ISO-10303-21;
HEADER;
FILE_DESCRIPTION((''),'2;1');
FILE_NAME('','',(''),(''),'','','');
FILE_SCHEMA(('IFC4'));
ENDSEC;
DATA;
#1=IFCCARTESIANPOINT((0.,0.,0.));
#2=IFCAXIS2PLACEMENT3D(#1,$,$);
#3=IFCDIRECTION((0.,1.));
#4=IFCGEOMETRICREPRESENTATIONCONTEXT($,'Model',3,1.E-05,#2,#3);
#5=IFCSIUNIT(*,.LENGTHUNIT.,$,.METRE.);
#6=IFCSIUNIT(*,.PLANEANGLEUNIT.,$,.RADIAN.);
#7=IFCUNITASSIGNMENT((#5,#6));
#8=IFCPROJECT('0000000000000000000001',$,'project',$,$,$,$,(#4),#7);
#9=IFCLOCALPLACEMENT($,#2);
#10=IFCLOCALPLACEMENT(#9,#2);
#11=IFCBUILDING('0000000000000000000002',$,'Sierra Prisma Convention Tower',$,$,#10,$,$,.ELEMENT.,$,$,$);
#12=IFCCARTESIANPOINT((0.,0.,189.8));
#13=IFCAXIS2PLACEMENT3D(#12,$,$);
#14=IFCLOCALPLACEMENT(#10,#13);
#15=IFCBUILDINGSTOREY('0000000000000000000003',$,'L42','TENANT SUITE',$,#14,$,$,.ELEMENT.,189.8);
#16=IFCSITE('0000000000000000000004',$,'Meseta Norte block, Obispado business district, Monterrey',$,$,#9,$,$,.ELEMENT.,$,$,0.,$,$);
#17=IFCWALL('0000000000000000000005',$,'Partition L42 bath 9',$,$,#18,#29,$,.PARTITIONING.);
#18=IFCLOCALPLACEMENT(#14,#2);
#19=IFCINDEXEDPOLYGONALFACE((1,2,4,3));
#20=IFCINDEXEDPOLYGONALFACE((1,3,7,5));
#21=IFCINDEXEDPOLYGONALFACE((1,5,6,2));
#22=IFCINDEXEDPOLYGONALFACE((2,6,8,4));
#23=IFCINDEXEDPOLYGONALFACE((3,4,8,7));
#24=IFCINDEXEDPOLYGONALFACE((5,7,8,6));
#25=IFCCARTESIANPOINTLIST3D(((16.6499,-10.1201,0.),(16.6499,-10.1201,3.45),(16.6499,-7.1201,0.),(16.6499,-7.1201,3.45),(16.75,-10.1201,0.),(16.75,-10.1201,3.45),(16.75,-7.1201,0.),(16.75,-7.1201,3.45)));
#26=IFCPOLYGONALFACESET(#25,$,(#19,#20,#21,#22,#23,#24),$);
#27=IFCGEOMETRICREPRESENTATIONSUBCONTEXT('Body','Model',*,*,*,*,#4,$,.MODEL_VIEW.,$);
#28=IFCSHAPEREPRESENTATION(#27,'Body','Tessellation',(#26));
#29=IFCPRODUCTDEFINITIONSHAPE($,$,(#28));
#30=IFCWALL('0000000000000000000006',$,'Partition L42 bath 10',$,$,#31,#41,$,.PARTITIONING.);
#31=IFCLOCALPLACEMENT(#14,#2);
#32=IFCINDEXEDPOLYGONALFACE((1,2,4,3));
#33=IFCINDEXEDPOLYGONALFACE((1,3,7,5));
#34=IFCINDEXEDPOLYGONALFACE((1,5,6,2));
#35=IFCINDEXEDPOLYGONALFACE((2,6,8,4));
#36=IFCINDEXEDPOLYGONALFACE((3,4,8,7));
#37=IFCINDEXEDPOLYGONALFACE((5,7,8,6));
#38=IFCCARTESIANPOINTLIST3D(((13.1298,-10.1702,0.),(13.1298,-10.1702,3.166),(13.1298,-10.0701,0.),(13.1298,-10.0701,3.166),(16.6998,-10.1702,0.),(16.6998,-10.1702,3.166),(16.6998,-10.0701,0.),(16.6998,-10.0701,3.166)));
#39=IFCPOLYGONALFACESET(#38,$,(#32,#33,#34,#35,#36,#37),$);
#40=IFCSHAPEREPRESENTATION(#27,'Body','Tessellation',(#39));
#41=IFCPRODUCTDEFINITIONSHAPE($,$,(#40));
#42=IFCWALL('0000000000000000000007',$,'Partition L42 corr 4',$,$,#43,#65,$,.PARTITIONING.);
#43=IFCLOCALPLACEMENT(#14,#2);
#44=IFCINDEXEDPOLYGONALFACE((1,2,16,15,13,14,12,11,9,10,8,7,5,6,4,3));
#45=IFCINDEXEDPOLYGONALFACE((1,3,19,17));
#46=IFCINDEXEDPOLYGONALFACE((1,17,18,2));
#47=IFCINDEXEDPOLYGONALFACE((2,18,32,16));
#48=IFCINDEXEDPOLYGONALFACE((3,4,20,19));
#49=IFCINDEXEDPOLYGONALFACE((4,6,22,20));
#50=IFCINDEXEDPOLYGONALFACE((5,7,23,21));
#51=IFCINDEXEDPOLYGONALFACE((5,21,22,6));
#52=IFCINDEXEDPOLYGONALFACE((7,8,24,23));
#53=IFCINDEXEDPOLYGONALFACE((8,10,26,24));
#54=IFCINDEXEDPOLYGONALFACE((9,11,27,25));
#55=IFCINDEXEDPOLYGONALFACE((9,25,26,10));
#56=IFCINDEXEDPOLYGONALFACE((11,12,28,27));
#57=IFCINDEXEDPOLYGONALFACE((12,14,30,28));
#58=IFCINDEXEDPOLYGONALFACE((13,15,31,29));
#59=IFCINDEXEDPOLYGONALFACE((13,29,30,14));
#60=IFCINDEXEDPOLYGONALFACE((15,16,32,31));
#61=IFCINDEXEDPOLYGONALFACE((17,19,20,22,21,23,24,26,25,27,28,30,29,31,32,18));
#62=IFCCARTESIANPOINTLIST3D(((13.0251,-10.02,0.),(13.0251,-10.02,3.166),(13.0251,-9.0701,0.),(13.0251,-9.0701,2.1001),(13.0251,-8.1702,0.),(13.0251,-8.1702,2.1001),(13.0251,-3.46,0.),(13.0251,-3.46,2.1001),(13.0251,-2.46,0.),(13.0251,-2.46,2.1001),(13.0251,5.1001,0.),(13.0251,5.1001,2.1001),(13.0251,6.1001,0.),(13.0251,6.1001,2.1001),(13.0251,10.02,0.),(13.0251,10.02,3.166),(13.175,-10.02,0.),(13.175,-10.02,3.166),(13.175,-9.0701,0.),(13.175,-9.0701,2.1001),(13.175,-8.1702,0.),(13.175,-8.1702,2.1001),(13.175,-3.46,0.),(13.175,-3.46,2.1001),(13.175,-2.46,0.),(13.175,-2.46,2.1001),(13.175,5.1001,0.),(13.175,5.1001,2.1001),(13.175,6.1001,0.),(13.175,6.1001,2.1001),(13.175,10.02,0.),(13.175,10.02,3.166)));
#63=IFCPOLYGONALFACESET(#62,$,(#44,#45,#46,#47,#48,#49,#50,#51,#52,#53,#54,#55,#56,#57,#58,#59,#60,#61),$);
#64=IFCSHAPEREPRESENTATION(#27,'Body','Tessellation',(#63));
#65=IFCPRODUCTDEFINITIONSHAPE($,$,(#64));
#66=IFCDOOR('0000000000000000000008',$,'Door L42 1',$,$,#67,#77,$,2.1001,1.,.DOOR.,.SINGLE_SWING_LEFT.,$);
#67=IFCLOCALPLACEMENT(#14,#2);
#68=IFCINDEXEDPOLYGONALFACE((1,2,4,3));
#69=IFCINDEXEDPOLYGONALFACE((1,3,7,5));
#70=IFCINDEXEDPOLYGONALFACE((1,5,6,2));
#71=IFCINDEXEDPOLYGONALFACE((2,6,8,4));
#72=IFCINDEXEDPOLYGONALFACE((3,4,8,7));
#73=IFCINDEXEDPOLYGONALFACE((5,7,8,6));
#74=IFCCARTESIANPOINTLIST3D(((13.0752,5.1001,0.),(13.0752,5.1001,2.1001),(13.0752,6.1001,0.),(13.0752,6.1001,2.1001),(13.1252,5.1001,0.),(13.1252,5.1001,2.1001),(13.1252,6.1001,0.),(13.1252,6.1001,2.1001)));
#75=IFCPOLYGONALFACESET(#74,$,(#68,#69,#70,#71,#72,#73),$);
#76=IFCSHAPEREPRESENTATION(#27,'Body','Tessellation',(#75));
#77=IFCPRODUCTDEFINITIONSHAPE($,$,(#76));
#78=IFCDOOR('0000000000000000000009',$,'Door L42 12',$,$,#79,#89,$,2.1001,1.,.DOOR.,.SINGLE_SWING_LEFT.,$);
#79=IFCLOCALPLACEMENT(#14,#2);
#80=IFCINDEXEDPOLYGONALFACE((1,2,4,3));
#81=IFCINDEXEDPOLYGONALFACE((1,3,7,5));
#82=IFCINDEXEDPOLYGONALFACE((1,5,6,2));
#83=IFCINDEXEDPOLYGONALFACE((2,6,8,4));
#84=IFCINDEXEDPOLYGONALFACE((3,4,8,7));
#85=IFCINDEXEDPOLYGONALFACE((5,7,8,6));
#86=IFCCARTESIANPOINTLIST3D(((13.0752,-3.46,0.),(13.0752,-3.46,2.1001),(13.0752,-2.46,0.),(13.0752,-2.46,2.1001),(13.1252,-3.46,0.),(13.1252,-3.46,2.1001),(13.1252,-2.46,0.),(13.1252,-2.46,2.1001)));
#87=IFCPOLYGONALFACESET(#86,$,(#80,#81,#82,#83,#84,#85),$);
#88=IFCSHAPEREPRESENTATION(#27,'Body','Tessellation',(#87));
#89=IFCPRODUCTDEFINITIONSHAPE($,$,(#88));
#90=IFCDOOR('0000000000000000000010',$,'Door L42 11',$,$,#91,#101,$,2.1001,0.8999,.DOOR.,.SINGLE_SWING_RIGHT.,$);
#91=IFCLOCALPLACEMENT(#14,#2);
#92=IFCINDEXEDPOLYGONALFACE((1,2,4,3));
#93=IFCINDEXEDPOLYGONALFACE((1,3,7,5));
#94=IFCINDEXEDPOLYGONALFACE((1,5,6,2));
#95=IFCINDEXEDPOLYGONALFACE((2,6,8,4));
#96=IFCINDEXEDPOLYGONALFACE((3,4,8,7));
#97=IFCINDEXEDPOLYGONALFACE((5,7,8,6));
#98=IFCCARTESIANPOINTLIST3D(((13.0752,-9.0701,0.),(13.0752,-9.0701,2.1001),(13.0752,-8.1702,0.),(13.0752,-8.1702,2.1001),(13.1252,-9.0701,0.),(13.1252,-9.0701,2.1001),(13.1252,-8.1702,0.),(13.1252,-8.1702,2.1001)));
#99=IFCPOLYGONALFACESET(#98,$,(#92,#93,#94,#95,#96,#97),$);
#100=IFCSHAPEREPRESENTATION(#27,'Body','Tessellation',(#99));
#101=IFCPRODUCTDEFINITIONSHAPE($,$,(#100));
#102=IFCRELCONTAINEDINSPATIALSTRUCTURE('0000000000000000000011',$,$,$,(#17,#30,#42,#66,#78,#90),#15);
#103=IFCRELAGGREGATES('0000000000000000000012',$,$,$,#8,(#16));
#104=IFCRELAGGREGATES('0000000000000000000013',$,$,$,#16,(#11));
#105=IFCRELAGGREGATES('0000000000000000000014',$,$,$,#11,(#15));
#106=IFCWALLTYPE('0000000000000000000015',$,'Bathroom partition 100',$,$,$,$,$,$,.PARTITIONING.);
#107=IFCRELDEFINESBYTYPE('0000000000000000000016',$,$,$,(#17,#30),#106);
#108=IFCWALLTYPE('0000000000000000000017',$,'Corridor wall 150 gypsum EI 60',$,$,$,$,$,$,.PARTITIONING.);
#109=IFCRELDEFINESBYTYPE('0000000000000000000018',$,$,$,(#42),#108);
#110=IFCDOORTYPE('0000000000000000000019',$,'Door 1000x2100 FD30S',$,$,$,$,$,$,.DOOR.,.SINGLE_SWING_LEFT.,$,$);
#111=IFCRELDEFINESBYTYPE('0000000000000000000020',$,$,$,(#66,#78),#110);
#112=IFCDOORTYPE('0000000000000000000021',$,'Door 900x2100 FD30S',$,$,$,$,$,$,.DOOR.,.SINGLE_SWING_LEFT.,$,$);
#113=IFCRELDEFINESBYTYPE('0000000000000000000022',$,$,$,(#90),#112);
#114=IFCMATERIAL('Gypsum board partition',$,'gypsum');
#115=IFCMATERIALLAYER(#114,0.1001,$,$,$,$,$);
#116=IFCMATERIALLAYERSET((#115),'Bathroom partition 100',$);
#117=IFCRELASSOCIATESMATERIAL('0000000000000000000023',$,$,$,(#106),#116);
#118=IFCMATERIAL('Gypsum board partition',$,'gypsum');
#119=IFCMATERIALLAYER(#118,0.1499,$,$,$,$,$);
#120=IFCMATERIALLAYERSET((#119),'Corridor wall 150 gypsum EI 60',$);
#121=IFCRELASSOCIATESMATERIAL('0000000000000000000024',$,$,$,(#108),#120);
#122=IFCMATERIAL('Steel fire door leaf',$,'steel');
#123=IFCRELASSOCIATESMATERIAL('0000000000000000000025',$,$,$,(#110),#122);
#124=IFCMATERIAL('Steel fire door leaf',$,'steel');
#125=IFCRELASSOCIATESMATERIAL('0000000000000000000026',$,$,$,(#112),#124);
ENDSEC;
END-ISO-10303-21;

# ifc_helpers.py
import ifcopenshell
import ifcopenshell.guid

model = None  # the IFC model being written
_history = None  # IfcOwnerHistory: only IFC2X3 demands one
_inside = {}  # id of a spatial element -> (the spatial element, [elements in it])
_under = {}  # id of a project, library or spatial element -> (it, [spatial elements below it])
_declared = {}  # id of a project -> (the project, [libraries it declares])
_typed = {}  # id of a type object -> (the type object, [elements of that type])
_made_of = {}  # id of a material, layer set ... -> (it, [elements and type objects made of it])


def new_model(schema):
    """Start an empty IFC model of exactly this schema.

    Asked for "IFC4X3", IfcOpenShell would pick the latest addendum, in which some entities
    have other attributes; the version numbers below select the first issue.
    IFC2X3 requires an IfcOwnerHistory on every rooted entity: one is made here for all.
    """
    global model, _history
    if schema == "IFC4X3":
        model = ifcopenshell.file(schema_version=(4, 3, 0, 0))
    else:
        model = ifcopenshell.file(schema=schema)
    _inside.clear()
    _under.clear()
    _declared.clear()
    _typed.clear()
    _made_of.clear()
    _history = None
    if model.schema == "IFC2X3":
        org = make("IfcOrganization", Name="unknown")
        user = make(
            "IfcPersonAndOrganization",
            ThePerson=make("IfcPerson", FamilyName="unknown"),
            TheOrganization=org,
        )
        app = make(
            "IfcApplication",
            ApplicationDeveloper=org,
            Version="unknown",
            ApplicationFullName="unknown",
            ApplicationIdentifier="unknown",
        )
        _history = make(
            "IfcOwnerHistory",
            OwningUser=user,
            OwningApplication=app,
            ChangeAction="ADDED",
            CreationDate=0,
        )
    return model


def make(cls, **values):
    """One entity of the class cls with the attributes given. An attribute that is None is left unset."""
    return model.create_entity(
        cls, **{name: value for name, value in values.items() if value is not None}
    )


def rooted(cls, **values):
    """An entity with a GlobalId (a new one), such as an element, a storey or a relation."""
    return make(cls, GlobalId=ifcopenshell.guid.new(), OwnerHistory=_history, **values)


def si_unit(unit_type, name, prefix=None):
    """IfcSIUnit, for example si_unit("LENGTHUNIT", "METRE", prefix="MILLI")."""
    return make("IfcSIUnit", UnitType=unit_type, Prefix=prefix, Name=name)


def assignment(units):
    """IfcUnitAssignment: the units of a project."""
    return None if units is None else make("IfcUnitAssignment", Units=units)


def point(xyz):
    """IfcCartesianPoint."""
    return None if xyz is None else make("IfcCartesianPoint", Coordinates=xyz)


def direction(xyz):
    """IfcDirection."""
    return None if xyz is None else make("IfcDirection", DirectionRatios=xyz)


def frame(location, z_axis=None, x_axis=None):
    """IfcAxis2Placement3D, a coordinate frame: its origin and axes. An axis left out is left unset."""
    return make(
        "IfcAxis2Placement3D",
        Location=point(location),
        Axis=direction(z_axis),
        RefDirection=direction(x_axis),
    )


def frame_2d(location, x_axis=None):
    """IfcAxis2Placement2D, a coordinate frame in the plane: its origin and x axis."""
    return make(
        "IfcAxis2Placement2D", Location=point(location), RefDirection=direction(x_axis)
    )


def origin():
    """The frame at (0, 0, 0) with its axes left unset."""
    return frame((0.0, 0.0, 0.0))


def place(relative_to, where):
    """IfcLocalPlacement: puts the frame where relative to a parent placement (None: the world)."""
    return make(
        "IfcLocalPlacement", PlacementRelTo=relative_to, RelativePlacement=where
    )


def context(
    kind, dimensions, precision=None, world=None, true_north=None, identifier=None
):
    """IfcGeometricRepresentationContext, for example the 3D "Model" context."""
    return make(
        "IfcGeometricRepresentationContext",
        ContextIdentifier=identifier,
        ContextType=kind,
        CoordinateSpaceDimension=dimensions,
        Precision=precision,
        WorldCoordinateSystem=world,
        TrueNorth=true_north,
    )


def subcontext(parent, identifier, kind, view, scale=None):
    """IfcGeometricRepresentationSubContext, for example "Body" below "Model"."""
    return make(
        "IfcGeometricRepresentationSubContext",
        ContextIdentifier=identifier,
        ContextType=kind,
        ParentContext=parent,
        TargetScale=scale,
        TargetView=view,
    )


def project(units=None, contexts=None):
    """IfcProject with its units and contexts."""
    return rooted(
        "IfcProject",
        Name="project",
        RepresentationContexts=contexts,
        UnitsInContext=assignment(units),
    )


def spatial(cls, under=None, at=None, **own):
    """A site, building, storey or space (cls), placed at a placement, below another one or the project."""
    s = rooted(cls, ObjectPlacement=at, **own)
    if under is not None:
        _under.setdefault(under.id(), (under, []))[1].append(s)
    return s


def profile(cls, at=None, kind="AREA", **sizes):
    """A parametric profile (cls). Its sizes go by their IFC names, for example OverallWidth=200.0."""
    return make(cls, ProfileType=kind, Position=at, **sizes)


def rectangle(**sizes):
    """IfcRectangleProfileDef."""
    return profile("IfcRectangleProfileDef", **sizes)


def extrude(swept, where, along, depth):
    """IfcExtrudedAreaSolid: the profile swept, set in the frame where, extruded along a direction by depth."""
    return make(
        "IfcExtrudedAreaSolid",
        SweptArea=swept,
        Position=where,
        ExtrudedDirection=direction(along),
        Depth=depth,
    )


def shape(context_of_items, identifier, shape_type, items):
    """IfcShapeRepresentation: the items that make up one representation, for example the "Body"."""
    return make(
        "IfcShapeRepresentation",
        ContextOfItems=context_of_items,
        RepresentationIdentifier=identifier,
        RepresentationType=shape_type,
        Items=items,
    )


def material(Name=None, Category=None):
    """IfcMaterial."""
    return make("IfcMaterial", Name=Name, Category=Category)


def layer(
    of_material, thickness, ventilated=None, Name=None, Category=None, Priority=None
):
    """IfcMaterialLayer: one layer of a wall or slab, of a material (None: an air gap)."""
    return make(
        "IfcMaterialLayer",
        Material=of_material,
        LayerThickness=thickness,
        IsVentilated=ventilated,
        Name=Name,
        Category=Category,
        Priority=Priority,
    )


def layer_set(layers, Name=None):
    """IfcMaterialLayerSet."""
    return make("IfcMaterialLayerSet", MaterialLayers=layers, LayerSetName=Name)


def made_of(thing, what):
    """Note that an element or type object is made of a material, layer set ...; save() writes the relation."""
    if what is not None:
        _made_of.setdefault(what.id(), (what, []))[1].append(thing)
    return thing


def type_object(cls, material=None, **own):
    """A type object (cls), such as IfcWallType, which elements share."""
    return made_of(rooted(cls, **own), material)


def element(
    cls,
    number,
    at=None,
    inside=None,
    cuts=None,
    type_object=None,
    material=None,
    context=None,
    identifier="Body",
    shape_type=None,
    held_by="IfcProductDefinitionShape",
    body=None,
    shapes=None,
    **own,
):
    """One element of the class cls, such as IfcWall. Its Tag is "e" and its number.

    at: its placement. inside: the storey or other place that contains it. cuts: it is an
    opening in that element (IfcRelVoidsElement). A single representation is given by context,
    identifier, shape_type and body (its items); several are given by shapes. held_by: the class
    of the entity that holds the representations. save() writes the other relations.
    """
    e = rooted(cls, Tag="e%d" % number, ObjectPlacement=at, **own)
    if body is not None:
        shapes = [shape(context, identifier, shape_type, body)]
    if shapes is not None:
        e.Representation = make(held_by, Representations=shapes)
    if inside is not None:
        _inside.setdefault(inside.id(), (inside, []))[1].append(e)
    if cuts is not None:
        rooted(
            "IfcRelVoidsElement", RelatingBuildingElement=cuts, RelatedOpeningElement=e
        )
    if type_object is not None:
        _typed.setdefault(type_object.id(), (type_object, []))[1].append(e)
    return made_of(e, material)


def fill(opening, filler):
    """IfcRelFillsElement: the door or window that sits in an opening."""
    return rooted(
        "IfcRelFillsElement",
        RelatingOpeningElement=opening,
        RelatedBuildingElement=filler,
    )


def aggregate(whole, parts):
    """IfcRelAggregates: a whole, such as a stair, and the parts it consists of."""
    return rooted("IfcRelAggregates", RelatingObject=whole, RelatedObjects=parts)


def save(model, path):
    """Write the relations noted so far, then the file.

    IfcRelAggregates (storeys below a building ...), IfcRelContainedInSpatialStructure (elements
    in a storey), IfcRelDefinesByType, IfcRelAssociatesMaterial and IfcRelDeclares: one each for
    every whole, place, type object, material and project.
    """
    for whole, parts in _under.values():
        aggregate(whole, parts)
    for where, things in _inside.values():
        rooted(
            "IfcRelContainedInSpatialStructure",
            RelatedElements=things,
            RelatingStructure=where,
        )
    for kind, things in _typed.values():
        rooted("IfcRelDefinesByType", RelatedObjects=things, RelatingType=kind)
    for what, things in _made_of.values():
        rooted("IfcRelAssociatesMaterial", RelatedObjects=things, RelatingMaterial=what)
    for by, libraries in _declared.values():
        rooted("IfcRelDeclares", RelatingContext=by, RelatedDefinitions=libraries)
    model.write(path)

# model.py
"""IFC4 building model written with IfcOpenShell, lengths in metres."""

from ifc_helpers import new_model, si_unit, direction, frame, frame_2d, origin, place, context, subcontext, project, spatial, rectangle, extrude, material, layer, layer_set, type_object, element, fill, save


model = new_model("IFC4")

# Units and contexts
model_context = context("Model", 3, precision=1e-05, world=origin(), true_north=direction((0.0, 1.0)))
body_context = subcontext(model_context, "Body", "Model", "MODEL_VIEW")
ifc_project = project(units=[si_unit("LENGTHUNIT", "METRE"), si_unit("PLANEANGLEUNIT", "RADIAN")], contexts=[model_context])

# Site, building, storey
site_placement = place(None, origin())
site = spatial("IfcSite", under=ifc_project, at=site_placement, Name="Meseta Norte block, Obispado business district, Monterrey", CompositionType="ELEMENT", RefElevation=0.0)
building_placement = place(site_placement, origin())
building = spatial("IfcBuilding", under=site, at=building_placement, Name="Sierra Prisma Convention Tower", CompositionType="ELEMENT")
storey_placement = place(building_placement, frame((0.0, 0.0, 189.8)))
storey = spatial("IfcBuildingStorey", under=building, at=storey_placement, Name="L42", Description="TENANT SUITE", CompositionType="ELEMENT", Elevation=189.8)

# Walls
ifc_material_1 = material(Name="Gypsum board partition", Category="gypsum")
ifc_layer_1 = layer(ifc_material_1, 0.1001)
ifc_layer_set_1 = layer_set([ifc_layer_1], Name="Bathroom partition 100")
wall_type_1 = type_object("IfcWallType", Name="Bathroom partition 100", PredefinedType="PARTITIONING", material=ifc_layer_set_1)
wall_1_placement = place(storey_placement, frame((16.7, -7.1201, 0.0), z_axis=(0.0, 0.0, 1.0), x_axis=(0.0, -1.0, 0.0)))
element("IfcWall", 1, at=wall_1_placement, inside=storey, type_object=wall_type_1, Name="Partition L42 bath 9", PredefinedType="PARTITIONING", context=body_context, shape_type="SweptSolid", body=[
    extrude(rectangle(XDim=3.0, YDim=0.1001, at=frame_2d((1.5, 0.0))), origin(), (0.0, 0.0, 1.0), 3.45),
])
wall_2_placement = place(storey_placement, frame((16.7, -10.1201, 0.0), z_axis=(0.0, 0.0, 1.0), x_axis=(-1.0, 0.0, 0.0)))
element("IfcWall", 2, at=wall_2_placement, inside=storey, type_object=wall_type_1, Name="Partition L42 bath 10", PredefinedType="PARTITIONING", context=body_context, shape_type="SweptSolid", body=[
    extrude(rectangle(XDim=3.5701, YDim=0.1001, at=frame_2d((1.7852, 0.0))), origin(), (0.0, 0.0, 1.0), 3.166),
])

# Wall, openings, doors
ifc_material_2 = material(Name="Gypsum board partition", Category="gypsum")
ifc_layer_2 = layer(ifc_material_2, 0.1499)
ifc_layer_set_2 = layer_set([ifc_layer_2], Name="Corridor wall 150 gypsum EI 60")
wall_type_2 = type_object("IfcWallType", Name="Corridor wall 150 gypsum EI 60", PredefinedType="PARTITIONING", material=ifc_layer_set_2)
wall_3_placement = place(storey_placement, frame((13.1001, -10.02, 0.0), z_axis=(0.0, 0.0, 1.0), x_axis=(0.0, 1.0, 0.0)))
wall_3 = element("IfcWall", 3, at=wall_3_placement, inside=storey, type_object=wall_type_2, Name="Partition L42 corr 4", PredefinedType="PARTITIONING", context=body_context, shape_type="SweptSolid", body=[
    extrude(rectangle(XDim=20.04, YDim=0.1499, at=frame_2d((10.02, 0.0))), origin(), (0.0, 0.0, 1.0), 3.166),
])
opening_1_placement = place(wall_3_placement, frame((15.1201, 0.0, 0.0)))
opening_1 = element("IfcOpeningElement", 4, at=opening_1_placement, cuts=wall_3, PredefinedType="OPENING", context=body_context, shape_type="SweptSolid", body=[
    extrude(rectangle(XDim=1.0, YDim=2.1001, at=frame_2d((0.5, 1.05))), frame((0.0, 0.075, 0.0), z_axis=(0.0, -1.0, 0.0), x_axis=(1.0, 0.0, 0.0)), (0.0, 0.0, 1.0), 0.1499),
])
opening_2_placement = place(wall_3_placement, frame((0.95, 0.0, 0.0)))
opening_2 = element("IfcOpeningElement", 5, at=opening_2_placement, cuts=wall_3, PredefinedType="OPENING", context=body_context, shape_type="SweptSolid", body=[
    extrude(rectangle(XDim=0.8999, YDim=2.1001, at=frame_2d((0.45, 1.05))), frame((0.0, 0.075, 0.0), z_axis=(0.0, -1.0, 0.0), x_axis=(1.0, 0.0, 0.0)), (0.0, 0.0, 1.0), 0.1499),
])
opening_3_placement = place(wall_3_placement, frame((6.5601, 0.0, 0.0)))
opening_3 = element("IfcOpeningElement", 6, at=opening_3_placement, cuts=wall_3, PredefinedType="OPENING", context=body_context, shape_type="SweptSolid", body=[
    extrude(rectangle(XDim=1.0, YDim=2.1001, at=frame_2d((0.5, 1.05))), frame((0.0, 0.075, 0.0), z_axis=(0.0, -1.0, 0.0), x_axis=(1.0, 0.0, 0.0)), (0.0, 0.0, 1.0), 0.1499),
])
ifc_material_3 = material(Name="Steel fire door leaf", Category="steel")
door_type_1 = type_object("IfcDoorType", Name="Door 1000x2100 FD30S", OperationType="SINGLE_SWING_LEFT", PredefinedType="DOOR", material=ifc_material_3)
door_1_placement = place(opening_1_placement, origin())
door_1 = element("IfcDoor", 7, at=door_1_placement, inside=storey, type_object=door_type_1, Name="Door L42 1", OperationType="SINGLE_SWING_LEFT", OverallHeight=2.1001, OverallWidth=1.0, PredefinedType="DOOR", context=body_context, shape_type="SweptSolid", body=[
    extrude(rectangle(XDim=1.0, YDim=2.1001, at=frame_2d((0.5, 1.05))), frame((0.0, 0.0249, 0.0), z_axis=(0.0, -1.0, 0.0), x_axis=(1.0, 0.0, 0.0)), (0.0, 0.0, 1.0), 0.05),
])
fill(opening_1, door_1)
door_2_placement = place(opening_3_placement, origin())
door_2 = element("IfcDoor", 8, at=door_2_placement, inside=storey, type_object=door_type_1, Name="Door L42 12", OperationType="SINGLE_SWING_LEFT", OverallHeight=2.1001, OverallWidth=1.0, PredefinedType="DOOR", context=body_context, shape_type="SweptSolid", body=[
    extrude(rectangle(XDim=1.0, YDim=2.1001, at=frame_2d((0.5, 1.05))), frame((0.0, 0.0249, 0.0), z_axis=(0.0, -1.0, 0.0), x_axis=(1.0, 0.0, 0.0)), (0.0, 0.0, 1.0), 0.05),
])
fill(opening_3, door_2)
ifc_material_4 = material(Name="Steel fire door leaf", Category="steel")
door_type_2 = type_object("IfcDoorType", Name="Door 900x2100 FD30S", OperationType="SINGLE_SWING_LEFT", PredefinedType="DOOR", material=ifc_material_4)
door_3_placement = place(opening_2_placement, origin())
door_3 = element("IfcDoor", 9, at=door_3_placement, inside=storey, type_object=door_type_2, Name="Door L42 11", OperationType="SINGLE_SWING_RIGHT", OverallHeight=2.1001, OverallWidth=0.8999, PredefinedType="DOOR", context=body_context, shape_type="SweptSolid", body=[
    extrude(rectangle(XDim=0.8999, YDim=2.1001, at=frame_2d((0.45, 1.05))), frame((0.0, 0.0249, 0.0), z_axis=(0.0, -1.0, 0.0), x_axis=(1.0, 0.0, 0.0)), (0.0, 0.0, 1.0), 0.05),
])
fill(opening_2, door_3)

save(model, "model.ifc")
